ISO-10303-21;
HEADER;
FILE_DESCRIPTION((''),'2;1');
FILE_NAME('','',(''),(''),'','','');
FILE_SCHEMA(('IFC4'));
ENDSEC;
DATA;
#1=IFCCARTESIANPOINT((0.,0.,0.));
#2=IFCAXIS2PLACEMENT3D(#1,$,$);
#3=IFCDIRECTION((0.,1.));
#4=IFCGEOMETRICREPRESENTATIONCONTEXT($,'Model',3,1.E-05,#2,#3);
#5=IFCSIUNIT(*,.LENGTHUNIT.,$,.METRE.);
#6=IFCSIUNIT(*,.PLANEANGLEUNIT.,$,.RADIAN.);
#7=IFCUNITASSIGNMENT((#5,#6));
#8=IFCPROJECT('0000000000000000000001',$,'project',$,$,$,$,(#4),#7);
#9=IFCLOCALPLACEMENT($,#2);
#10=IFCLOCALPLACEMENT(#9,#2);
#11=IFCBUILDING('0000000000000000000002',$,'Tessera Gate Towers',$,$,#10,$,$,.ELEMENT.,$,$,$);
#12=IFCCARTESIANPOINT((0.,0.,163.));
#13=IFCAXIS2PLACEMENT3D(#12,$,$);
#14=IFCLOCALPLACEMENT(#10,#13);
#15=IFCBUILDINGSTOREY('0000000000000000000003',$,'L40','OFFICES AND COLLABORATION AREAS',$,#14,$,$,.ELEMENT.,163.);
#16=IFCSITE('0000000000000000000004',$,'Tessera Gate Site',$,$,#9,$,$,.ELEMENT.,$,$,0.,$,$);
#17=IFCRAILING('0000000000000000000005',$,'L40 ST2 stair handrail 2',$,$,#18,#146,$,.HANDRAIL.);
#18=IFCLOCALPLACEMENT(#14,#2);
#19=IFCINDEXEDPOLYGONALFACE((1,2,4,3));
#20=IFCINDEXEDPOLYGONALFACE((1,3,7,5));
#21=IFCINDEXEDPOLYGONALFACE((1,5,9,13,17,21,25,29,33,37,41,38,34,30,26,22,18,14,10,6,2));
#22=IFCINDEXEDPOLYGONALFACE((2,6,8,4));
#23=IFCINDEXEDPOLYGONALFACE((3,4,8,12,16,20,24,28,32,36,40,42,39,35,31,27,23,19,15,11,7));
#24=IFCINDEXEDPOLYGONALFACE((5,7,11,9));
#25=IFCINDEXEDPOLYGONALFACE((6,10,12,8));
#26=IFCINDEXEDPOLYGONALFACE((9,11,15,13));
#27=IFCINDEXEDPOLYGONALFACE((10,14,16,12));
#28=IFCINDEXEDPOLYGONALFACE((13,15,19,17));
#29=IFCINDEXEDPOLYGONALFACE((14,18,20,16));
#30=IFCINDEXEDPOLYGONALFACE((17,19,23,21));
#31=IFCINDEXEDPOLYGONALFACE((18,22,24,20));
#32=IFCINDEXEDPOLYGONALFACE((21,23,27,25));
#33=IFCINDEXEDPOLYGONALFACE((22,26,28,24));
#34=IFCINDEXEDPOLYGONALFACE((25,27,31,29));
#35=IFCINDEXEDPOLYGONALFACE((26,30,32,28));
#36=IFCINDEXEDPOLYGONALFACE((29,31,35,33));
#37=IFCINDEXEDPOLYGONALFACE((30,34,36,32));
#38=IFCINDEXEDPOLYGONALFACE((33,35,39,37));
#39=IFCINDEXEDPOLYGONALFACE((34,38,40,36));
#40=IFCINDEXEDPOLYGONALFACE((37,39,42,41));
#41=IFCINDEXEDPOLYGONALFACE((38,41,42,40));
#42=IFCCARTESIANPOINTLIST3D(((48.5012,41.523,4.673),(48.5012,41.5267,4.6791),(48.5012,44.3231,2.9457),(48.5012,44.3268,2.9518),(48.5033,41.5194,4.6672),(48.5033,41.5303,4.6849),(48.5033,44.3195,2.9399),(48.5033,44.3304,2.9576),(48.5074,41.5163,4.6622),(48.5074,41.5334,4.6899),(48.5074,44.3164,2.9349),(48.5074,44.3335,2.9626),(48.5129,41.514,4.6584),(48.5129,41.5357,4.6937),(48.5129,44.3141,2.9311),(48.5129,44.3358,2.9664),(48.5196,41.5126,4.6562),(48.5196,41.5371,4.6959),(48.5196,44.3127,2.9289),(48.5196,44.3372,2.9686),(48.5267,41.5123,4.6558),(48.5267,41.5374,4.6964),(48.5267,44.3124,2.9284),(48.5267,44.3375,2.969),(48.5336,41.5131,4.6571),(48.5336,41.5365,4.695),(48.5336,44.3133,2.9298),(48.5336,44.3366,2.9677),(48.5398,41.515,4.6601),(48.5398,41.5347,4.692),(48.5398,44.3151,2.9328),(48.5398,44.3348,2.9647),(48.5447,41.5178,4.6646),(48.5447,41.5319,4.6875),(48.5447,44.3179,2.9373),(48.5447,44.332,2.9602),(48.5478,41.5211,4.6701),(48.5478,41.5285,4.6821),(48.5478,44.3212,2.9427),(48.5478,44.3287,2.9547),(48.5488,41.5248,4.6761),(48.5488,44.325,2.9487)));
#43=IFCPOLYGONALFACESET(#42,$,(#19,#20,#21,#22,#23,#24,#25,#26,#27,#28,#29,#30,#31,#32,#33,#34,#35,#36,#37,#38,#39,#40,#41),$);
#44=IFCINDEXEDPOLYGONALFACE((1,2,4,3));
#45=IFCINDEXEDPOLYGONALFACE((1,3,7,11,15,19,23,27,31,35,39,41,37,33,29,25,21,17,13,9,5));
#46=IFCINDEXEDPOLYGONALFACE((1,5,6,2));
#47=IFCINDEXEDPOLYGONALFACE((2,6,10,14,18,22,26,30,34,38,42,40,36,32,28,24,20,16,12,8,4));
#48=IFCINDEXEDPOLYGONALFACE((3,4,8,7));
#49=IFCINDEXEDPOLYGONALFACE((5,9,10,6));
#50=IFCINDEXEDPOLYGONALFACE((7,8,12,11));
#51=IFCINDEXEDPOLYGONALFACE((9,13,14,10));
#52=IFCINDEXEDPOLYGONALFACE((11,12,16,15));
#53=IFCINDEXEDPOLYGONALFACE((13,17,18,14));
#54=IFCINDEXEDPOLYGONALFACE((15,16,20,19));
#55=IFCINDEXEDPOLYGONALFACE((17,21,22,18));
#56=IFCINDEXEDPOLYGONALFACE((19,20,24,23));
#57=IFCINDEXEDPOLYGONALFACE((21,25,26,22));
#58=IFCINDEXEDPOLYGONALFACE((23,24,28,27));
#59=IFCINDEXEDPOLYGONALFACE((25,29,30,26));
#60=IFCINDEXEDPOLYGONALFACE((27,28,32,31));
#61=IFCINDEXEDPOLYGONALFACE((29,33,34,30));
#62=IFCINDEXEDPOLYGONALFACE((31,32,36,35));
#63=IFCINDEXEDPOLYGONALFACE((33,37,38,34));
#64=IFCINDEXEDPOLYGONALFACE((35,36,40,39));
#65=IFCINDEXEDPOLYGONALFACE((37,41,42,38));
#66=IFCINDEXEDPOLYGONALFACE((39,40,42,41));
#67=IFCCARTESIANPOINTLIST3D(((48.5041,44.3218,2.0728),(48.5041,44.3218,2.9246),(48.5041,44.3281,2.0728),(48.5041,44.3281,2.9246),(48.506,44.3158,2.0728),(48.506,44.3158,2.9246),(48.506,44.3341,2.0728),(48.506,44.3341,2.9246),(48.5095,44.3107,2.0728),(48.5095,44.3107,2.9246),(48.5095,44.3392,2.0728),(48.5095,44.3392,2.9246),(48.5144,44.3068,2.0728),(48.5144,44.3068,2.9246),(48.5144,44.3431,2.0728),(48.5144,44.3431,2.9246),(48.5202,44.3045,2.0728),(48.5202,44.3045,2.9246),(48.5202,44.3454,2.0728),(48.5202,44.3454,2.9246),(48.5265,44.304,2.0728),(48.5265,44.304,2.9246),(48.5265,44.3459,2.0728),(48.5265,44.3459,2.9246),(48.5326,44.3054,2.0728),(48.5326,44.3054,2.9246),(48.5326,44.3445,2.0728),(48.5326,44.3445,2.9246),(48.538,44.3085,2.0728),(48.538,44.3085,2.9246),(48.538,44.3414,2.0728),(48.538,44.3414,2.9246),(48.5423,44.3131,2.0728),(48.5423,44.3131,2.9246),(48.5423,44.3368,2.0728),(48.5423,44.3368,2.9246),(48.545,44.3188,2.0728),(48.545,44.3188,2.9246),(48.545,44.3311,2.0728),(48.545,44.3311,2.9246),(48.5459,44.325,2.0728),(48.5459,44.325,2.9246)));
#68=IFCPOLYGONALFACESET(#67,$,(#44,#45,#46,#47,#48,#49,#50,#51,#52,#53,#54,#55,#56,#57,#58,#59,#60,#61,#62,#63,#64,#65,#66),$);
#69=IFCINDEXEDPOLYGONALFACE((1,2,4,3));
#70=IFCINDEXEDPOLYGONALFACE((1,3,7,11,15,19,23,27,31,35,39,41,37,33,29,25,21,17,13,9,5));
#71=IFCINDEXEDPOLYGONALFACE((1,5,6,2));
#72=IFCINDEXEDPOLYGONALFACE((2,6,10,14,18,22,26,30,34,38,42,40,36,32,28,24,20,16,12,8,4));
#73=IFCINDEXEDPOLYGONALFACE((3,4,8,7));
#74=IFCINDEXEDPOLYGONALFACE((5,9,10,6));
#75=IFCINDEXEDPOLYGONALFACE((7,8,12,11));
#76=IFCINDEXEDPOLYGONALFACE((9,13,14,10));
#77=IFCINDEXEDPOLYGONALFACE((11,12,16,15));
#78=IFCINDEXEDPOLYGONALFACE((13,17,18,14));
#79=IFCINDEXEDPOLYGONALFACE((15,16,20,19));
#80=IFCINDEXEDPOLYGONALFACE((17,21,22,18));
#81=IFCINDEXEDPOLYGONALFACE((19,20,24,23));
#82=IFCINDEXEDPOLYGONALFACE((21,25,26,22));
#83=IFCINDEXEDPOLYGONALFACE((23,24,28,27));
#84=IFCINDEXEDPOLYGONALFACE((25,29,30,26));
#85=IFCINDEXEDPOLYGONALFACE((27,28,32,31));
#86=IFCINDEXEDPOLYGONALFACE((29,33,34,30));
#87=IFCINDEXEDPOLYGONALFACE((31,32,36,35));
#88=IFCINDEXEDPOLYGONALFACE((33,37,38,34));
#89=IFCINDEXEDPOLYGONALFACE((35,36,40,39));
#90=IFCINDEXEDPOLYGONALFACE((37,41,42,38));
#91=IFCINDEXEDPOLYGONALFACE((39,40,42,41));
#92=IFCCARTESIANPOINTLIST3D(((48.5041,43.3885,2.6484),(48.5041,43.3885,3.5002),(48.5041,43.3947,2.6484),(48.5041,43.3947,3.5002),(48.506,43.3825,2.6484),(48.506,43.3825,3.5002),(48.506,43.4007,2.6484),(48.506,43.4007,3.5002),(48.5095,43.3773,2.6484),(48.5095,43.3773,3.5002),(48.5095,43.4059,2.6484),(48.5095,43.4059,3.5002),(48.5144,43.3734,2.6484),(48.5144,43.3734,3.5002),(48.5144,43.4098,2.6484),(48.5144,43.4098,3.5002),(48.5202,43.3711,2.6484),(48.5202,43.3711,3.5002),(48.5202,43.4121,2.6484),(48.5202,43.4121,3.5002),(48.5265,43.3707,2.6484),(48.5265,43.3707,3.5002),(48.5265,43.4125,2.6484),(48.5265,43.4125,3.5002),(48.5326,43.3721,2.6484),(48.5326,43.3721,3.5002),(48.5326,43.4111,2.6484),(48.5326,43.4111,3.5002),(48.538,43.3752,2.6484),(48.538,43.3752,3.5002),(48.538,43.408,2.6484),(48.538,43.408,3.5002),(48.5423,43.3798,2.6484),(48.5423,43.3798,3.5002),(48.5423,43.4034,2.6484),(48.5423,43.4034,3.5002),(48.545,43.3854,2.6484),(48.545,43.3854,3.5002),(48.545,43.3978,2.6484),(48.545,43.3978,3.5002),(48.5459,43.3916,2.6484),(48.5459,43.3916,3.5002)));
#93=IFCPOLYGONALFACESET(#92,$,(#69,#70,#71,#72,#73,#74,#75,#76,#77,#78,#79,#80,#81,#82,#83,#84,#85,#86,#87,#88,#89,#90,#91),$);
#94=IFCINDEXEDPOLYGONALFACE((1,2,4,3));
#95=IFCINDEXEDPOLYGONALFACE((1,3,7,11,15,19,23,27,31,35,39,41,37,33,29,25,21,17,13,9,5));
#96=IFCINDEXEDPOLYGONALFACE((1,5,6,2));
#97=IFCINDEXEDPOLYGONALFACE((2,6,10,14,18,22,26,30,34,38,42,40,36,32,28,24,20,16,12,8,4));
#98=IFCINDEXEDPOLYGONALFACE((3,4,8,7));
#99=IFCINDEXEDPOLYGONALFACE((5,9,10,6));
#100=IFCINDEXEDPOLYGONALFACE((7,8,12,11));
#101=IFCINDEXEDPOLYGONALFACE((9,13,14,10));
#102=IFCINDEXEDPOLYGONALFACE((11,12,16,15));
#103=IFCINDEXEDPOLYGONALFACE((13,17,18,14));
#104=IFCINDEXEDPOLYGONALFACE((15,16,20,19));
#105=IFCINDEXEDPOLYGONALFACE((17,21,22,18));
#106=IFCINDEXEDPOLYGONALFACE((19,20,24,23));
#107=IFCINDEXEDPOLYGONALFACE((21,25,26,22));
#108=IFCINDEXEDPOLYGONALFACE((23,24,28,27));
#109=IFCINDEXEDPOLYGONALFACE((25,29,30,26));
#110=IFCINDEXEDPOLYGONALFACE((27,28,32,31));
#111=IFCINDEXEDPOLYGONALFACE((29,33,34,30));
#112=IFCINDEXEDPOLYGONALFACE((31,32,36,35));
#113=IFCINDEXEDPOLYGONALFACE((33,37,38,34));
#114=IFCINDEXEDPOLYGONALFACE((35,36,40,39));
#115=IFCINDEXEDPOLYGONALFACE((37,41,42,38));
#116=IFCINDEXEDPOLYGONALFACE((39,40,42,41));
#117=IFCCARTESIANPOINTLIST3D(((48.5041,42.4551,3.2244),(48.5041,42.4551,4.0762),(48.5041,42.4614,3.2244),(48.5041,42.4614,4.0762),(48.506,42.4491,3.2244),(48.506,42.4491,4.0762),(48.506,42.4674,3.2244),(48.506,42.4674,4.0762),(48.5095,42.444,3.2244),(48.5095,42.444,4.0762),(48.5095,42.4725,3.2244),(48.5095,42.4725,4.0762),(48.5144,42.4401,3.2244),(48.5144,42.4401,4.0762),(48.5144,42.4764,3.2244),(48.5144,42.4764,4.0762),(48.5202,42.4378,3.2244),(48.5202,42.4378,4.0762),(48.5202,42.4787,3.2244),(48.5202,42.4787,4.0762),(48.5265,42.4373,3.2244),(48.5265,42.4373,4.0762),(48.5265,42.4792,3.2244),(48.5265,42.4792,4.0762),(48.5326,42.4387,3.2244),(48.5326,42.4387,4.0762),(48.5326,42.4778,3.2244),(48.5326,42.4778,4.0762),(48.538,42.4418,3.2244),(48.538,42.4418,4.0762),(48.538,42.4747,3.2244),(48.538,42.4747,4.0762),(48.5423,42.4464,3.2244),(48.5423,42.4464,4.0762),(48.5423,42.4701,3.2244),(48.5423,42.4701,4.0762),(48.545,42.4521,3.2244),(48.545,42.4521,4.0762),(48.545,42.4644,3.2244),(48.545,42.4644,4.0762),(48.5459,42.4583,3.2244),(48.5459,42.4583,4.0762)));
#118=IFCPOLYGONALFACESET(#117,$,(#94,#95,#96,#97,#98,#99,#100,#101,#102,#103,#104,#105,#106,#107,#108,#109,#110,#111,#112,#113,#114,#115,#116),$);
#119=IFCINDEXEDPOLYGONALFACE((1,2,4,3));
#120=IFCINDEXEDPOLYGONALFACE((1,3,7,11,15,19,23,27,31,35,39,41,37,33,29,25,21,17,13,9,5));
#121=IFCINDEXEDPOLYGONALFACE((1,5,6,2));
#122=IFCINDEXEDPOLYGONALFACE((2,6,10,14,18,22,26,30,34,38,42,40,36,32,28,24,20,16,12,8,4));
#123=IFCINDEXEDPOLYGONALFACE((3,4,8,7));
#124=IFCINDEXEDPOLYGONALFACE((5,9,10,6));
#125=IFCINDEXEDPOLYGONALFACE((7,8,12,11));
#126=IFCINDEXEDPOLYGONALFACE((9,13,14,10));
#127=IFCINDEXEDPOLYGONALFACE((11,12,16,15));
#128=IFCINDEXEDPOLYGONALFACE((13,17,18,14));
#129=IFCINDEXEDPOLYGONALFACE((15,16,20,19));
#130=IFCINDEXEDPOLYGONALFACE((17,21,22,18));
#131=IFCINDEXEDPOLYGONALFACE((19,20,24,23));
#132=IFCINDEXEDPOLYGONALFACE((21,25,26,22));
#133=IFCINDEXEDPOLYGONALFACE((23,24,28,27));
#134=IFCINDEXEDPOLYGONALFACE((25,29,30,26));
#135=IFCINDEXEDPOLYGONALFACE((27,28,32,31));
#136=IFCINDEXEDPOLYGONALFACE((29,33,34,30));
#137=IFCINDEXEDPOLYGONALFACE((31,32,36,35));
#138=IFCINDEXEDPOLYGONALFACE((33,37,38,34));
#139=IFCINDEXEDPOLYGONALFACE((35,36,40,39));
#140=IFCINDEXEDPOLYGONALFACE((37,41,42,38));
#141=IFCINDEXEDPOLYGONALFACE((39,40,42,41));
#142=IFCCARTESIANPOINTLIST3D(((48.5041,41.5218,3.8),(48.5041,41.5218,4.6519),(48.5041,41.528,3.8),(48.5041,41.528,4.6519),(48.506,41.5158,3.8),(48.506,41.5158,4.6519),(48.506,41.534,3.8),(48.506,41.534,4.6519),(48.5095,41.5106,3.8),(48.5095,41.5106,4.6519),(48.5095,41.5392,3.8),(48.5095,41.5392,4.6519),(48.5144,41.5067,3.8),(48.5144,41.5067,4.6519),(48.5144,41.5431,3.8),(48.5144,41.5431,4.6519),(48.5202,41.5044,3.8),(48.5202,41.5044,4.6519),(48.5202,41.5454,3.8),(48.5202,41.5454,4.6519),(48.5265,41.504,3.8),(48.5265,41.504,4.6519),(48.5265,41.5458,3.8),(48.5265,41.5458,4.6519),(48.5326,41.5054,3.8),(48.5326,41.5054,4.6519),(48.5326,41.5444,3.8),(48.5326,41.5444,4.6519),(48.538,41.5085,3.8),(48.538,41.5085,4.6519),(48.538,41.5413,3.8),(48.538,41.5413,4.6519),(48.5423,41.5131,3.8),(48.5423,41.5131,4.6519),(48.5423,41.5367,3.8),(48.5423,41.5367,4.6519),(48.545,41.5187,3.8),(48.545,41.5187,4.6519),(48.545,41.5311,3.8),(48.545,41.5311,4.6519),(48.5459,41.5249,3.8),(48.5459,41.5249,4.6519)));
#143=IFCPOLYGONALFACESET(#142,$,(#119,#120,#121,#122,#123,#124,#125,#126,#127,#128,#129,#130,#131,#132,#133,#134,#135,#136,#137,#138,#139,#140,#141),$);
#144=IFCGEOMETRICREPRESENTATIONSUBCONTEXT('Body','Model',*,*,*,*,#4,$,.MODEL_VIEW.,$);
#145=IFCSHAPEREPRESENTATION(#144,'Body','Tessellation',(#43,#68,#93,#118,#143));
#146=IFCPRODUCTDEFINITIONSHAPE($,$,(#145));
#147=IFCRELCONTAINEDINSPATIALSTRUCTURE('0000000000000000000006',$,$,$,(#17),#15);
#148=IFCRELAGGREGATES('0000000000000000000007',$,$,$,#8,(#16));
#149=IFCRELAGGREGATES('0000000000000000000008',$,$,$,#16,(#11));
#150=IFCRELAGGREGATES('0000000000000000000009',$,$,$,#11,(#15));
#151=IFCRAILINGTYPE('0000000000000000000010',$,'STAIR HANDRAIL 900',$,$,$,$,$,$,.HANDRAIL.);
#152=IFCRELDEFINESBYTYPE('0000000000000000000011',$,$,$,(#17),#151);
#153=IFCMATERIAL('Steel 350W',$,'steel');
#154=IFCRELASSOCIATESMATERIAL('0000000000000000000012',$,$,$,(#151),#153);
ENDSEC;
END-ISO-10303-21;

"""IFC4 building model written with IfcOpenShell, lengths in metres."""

from ifc_helpers import new_model, si_unit, direction, frame, origin, origin_2d, place, context, subcontext, project, spatial, circle, extrude, material, type_object, element, save


model = new_model("IFC4")

# Units and contexts
model_context = context("Model", 3, precision=1e-05, world=origin(), true_north=direction((0.0, 1.0)))
body_context = subcontext(model_context, "Body", "Model", "MODEL_VIEW")
ifc_project = project(units=[si_unit("LENGTHUNIT", "METRE"), si_unit("PLANEANGLEUNIT", "RADIAN")], contexts=[model_context])

# Site, building, storey
site_placement = place(None, origin())
site = spatial("IfcSite", under=ifc_project, at=site_placement, Name="Tessera Gate Site", CompositionType="ELEMENT", RefElevation=0.0)
building_placement = place(site_placement, origin())
building = spatial("IfcBuilding", under=site, at=building_placement, Name="Tessera Gate Towers", CompositionType="ELEMENT")
storey_placement = place(building_placement, frame((0.0, 0.0, 163.0)))
storey = spatial("IfcBuildingStorey", under=building, at=storey_placement, Name="L40", Description="OFFICES AND COLLABORATION AREAS", CompositionType="ELEMENT", Elevation=163.0)

# Railing
ifc_material_1 = material(Name="Steel 350W", Category="steel")
railing_type_1 = type_object("IfcRailingType", Name="STAIR HANDRAIL 900", PredefinedType="HANDRAIL", material=ifc_material_1)
railing_1_placement = place(storey_placement, frame((48.5249, 44.325, 2.0728)))
element("IfcRailing", 1, at=railing_1_placement, inside=storey, type_object=railing_type_1, Name="L40 ST2 stair handrail 2", PredefinedType="HANDRAIL", context=body_context, shape_type="SweptSolid", body=[
    extrude(circle(Radius=0.0239, at=origin_2d()), frame((0.0, 0.0, 0.876), z_axis=(0.0, -0.85109, 0.52502), x_axis=(1.0, 0.0, 0.0)), (0.0, 0.0, 1.0), 3.29),
    extrude(circle(Radius=0.021, at=origin_2d()), origin(), (0.0, 0.0, 1.0), 0.8518),
    extrude(circle(Radius=0.021, at=origin_2d()), frame((0.0, -0.9333, 0.5757)), (0.0, 0.0, 1.0), 0.8518),
    extrude(circle(Radius=0.021, at=origin_2d()), frame((0.0, -1.8667, 1.1516)), (0.0, 0.0, 1.0), 0.8518),
    extrude(circle(Radius=0.021, at=origin_2d()), frame((0.0, -2.8, 1.7273)), (0.0, 0.0, 1.0), 0.8518),
])

save(model, "model.ifc")
